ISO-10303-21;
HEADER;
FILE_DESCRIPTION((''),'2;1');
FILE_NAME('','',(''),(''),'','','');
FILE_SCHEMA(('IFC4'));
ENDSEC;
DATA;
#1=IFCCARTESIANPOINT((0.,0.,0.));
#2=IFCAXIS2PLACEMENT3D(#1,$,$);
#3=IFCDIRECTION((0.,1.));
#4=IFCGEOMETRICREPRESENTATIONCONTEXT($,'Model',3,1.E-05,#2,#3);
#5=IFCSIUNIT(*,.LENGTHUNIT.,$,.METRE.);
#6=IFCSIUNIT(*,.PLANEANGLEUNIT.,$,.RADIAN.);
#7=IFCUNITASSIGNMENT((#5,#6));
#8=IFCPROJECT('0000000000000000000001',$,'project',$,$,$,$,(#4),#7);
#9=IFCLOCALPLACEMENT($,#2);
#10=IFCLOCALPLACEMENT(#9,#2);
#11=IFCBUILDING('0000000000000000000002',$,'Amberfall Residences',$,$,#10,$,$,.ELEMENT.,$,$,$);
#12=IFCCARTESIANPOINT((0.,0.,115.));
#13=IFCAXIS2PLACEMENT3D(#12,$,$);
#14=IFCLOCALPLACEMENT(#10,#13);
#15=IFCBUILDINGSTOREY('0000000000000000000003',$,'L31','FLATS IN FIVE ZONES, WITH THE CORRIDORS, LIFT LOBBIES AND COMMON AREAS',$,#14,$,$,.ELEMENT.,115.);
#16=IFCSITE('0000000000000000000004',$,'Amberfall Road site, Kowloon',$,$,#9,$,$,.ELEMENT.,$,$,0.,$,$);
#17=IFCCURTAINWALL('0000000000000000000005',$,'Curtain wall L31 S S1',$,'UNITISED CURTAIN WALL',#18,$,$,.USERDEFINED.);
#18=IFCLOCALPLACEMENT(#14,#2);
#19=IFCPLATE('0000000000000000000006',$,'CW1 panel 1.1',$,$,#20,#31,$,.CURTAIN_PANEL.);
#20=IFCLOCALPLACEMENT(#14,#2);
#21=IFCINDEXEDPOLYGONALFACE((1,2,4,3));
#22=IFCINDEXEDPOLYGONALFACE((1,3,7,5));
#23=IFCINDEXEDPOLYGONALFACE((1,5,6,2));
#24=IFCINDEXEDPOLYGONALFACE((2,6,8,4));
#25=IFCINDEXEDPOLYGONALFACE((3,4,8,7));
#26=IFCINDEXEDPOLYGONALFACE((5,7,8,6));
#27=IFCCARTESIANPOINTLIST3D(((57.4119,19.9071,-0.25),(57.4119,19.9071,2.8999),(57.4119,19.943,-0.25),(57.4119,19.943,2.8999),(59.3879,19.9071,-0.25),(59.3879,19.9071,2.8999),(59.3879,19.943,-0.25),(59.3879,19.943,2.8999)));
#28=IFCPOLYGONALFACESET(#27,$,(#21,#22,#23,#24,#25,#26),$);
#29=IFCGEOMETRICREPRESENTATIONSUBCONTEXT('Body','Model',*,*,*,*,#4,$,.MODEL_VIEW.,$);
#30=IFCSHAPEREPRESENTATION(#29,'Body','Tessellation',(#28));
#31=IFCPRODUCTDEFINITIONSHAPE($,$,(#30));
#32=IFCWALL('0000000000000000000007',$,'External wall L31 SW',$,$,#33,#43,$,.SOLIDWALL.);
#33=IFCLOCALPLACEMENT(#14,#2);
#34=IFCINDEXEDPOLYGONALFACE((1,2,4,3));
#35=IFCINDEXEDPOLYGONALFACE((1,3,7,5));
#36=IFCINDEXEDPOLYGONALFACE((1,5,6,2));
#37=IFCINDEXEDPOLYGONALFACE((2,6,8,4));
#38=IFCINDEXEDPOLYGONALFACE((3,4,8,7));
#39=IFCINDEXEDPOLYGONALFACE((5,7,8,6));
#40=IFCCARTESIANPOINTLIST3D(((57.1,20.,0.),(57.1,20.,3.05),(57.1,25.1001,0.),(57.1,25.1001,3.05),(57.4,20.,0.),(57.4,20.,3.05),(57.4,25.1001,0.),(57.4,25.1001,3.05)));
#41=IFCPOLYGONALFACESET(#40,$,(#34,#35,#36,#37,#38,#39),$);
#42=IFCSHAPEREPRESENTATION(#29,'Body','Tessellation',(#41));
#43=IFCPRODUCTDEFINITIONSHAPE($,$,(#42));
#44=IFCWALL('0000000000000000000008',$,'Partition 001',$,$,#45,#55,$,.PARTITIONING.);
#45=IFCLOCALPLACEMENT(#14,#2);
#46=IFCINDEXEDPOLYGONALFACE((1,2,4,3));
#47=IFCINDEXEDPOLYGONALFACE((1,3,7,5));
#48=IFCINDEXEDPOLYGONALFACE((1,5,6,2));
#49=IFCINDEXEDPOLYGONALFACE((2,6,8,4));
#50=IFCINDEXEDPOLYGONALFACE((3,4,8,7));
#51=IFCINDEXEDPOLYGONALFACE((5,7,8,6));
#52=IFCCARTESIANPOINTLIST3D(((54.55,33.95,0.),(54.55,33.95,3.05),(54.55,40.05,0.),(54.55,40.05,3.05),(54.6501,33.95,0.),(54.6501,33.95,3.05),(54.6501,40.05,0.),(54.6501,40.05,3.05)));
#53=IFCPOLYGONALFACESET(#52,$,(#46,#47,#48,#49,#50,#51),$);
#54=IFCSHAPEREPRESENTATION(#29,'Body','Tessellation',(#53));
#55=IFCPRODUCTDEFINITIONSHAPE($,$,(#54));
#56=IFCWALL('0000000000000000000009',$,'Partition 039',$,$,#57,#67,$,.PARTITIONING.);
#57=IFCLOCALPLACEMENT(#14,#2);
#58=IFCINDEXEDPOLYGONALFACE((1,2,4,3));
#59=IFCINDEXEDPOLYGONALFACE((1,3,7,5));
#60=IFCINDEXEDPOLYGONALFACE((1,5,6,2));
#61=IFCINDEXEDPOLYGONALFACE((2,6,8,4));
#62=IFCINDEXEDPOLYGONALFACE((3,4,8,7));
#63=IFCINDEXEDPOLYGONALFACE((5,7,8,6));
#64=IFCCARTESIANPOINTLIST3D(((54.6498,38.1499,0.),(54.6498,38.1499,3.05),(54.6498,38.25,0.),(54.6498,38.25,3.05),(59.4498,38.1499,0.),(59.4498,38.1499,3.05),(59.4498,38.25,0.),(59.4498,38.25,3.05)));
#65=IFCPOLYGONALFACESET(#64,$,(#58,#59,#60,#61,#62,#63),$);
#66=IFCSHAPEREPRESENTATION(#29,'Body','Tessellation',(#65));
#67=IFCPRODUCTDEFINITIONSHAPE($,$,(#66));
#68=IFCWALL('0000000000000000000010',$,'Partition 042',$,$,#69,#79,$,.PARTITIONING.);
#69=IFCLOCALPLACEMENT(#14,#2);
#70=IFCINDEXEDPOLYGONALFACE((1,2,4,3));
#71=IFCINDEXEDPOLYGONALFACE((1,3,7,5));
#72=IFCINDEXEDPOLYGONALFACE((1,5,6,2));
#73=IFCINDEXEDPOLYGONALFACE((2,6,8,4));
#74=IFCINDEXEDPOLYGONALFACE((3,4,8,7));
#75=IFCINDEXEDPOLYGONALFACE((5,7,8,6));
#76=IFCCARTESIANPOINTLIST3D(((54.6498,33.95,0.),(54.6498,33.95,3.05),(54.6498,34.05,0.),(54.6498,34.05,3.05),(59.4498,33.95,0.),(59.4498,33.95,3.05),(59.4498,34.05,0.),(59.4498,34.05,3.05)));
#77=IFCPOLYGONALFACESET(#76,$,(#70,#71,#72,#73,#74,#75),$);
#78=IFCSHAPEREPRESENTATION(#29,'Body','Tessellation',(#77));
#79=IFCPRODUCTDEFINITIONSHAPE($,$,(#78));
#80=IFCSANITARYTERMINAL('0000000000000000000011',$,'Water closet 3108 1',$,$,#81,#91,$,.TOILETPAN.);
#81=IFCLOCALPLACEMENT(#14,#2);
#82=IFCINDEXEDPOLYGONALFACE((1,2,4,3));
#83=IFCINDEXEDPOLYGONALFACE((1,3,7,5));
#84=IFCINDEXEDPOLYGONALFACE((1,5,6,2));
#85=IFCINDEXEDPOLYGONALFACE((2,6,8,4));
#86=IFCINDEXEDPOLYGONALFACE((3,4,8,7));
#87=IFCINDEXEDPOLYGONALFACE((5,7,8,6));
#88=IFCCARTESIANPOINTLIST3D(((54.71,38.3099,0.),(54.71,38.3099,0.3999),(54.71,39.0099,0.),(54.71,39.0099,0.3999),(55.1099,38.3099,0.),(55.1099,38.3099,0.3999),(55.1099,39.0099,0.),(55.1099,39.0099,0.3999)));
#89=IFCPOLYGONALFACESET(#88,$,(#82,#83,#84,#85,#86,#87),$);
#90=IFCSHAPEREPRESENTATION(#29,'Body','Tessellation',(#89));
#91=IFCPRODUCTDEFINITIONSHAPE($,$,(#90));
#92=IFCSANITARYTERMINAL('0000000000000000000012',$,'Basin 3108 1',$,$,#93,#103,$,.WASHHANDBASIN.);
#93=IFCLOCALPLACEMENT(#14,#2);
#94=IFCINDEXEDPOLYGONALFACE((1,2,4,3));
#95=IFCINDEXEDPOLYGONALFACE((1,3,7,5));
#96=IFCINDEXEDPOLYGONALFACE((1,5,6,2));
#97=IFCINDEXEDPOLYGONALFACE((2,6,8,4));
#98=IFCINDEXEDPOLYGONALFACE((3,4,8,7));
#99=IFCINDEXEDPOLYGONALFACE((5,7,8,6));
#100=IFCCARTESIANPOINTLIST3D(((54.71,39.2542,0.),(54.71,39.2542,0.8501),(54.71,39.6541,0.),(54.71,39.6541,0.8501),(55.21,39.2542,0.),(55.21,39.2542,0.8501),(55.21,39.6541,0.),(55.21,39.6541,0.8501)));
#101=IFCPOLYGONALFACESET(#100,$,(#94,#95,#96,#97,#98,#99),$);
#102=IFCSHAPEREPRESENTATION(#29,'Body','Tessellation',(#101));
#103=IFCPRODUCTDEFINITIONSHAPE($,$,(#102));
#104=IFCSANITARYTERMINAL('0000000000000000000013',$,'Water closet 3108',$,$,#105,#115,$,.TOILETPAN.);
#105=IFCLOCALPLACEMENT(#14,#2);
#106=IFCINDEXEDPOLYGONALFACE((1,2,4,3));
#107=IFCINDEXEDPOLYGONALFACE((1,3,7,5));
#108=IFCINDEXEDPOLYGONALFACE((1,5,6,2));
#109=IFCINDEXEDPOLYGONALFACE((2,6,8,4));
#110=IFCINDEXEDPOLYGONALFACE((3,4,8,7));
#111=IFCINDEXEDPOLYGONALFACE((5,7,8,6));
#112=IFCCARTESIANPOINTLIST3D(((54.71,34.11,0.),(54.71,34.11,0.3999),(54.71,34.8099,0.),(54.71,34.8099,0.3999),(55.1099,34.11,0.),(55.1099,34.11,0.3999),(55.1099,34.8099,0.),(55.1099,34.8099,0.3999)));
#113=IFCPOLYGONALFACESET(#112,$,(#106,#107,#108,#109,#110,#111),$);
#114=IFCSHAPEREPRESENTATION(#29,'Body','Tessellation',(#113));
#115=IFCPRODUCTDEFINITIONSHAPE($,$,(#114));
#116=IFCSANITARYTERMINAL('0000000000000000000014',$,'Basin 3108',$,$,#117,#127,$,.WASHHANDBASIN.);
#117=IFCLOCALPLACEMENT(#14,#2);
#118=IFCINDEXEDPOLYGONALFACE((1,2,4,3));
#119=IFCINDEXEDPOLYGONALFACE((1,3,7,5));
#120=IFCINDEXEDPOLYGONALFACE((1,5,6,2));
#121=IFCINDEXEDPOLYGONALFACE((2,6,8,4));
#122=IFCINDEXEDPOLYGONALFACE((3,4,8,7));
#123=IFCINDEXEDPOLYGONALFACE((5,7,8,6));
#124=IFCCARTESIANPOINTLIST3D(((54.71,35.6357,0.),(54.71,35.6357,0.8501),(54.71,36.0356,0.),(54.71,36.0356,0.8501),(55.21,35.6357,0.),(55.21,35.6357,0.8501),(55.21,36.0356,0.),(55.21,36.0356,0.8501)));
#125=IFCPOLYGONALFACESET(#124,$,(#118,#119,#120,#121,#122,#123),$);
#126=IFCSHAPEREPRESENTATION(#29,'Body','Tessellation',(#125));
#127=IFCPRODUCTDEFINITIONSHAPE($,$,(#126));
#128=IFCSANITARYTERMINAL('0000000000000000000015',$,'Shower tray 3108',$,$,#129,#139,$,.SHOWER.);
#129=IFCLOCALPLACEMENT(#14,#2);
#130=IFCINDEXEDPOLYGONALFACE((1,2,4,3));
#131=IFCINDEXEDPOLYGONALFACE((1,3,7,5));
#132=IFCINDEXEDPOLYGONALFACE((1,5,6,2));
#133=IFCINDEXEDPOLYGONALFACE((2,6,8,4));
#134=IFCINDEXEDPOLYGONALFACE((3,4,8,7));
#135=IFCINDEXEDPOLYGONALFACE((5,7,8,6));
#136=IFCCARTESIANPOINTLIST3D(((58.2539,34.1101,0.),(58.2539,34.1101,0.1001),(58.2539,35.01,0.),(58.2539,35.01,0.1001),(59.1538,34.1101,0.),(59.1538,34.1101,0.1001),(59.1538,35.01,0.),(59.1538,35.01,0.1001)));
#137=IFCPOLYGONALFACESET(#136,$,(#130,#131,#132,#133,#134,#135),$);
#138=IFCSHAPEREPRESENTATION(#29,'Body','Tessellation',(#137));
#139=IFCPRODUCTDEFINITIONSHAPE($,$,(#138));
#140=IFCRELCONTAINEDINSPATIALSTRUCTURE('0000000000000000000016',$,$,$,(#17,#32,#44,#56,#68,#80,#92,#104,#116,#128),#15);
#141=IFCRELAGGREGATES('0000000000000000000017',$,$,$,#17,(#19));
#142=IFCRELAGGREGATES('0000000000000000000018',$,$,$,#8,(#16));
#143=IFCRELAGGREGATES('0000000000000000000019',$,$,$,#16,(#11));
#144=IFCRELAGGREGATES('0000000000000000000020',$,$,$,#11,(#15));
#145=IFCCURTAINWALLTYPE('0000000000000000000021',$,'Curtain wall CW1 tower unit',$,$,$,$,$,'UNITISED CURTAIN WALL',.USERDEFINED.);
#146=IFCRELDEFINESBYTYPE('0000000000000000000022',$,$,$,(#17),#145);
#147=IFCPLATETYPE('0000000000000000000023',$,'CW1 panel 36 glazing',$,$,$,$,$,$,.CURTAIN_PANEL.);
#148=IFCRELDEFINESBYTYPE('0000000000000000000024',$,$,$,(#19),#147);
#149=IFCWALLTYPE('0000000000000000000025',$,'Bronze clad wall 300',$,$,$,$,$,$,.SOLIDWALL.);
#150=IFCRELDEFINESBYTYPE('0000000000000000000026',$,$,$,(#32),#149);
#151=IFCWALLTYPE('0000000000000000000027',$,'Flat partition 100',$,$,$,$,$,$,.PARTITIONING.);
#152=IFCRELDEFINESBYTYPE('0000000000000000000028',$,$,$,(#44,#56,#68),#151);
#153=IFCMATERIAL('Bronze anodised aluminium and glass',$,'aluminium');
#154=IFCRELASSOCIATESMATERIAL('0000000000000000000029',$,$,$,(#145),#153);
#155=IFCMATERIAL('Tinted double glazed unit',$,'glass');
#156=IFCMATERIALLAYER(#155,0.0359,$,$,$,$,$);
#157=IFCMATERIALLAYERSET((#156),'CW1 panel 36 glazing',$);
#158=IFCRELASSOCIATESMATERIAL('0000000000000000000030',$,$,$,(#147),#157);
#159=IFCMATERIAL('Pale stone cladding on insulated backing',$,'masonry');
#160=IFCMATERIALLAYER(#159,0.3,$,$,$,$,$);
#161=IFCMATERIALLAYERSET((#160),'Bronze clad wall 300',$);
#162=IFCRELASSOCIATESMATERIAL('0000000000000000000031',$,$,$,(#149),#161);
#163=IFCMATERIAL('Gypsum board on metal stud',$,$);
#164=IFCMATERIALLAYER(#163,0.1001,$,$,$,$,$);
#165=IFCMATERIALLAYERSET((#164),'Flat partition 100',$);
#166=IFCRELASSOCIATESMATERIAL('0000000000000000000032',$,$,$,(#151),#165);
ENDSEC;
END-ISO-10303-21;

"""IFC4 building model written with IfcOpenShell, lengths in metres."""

from ifc_helpers import new_model, si_unit, direction, frame, frame_2d, origin, origin_2d, place, context, subcontext, project, spatial, rectangle, extrude, material, layer, layer_set, type_object, element, aggregate, save


model = new_model("IFC4")

# Units and contexts
model_context = context("Model", 3, precision=1e-05, world=origin(), true_north=direction((0.0, 1.0)))
body_context = subcontext(model_context, "Body", "Model", "MODEL_VIEW")
ifc_project = project(units=[si_unit("LENGTHUNIT", "METRE"), si_unit("PLANEANGLEUNIT", "RADIAN")], contexts=[model_context])

# Site, building, storey
site_placement = place(None, origin())
site = spatial("IfcSite", under=ifc_project, at=site_placement, Name="Amberfall Road site, Kowloon", CompositionType="ELEMENT", RefElevation=0.0)
building_placement = place(site_placement, origin())
building = spatial("IfcBuilding", under=site, at=building_placement, Name="Amberfall Residences", CompositionType="ELEMENT")
storey_placement = place(building_placement, frame((0.0, 0.0, 115.0)))
storey = spatial("IfcBuildingStorey", under=building, at=storey_placement, Name="L31", Description="FLATS IN FIVE ZONES, WITH THE CORRIDORS, LIFT LOBBIES AND COMMON AREAS", CompositionType="ELEMENT", Elevation=115.0)

# Curtain wall
ifc_material_1 = material(Name="Bronze anodised aluminium and glass", Category="aluminium")
curtain_wall_type = type_object("IfcCurtainWallType", Name="Curtain wall CW1 tower unit", ElementType="UNITISED CURTAIN WALL", PredefinedType="USERDEFINED", material=ifc_material_1)
curtain_wall_placement = place(storey_placement, origin())
curtain_wall = element("IfcCurtainWall", 1, at=curtain_wall_placement, inside=storey, type_object=curtain_wall_type, Name="Curtain wall L31 S S1", ObjectType="UNITISED CURTAIN WALL", PredefinedType="USERDEFINED")

# Plate
ifc_material_2 = material(Name="Tinted double glazed unit", Category="glass")
ifc_layer_1 = layer(ifc_material_2, 0.0359)
ifc_layer_set_1 = layer_set([ifc_layer_1], Name="CW1 panel 36 glazing")
plate_type = type_object("IfcPlateType", Name="CW1 panel 36 glazing", PredefinedType="CURTAIN_PANEL", material=ifc_layer_set_1)
plate_placement = place(storey_placement, frame((58.3999, 19.925, -0.25), z_axis=(0.0, 0.0, 1.0), x_axis=(1.0, 0.0, 0.0)))
plate = element("IfcPlate", 2, at=plate_placement, type_object=plate_type, Name="CW1 panel 1.1", PredefinedType="CURTAIN_PANEL", context=body_context, shape_type="SweptSolid", body=[
    extrude(rectangle(XDim=1.9761, YDim=0.0359, at=origin_2d()), origin(), (0.0, 0.0, 1.0), 3.1499),
])
aggregate(curtain_wall, [plate])

# Walls
ifc_material_3 = material(Name="Pale stone cladding on insulated backing", Category="masonry")
ifc_layer_2 = layer(ifc_material_3, 0.3)
ifc_layer_set_2 = layer_set([ifc_layer_2], Name="Bronze clad wall 300")
wall_type_1 = type_object("IfcWallType", Name="Bronze clad wall 300", PredefinedType="SOLIDWALL", material=ifc_layer_set_2)
wall_1_placement = place(storey_placement, frame((57.25, 25.1001, 0.0), z_axis=(0.0, 0.0, 1.0), x_axis=(0.0, -1.0, 0.0)))
element("IfcWall", 3, at=wall_1_placement, inside=storey, type_object=wall_type_1, Name="External wall L31 SW", PredefinedType="SOLIDWALL", context=body_context, shape_type="SweptSolid", body=[
    extrude(rectangle(XDim=5.1001, YDim=0.3, at=frame_2d((2.55, 0.0))), origin(), (0.0, 0.0, 1.0), 3.05),
])
ifc_material_4 = material(Name="Gypsum board on metal stud")
ifc_layer_3 = layer(ifc_material_4, 0.1001)
ifc_layer_set_3 = layer_set([ifc_layer_3], Name="Flat partition 100")
wall_type_2 = type_object("IfcWallType", Name="Flat partition 100", PredefinedType="PARTITIONING", material=ifc_layer_set_3)
wall_2_placement = place(storey_placement, frame((54.6001, 33.95, 0.0), z_axis=(0.0, 0.0, 1.0), x_axis=(0.0, 1.0, 0.0)))
element("IfcWall", 4, at=wall_2_placement, inside=storey, type_object=wall_type_2, Name="Partition 001", PredefinedType="PARTITIONING", context=body_context, shape_type="SweptSolid", body=[
    extrude(rectangle(XDim=6.1001, YDim=0.1001, at=frame_2d((3.05, 0.0))), origin(), (0.0, 0.0, 1.0), 3.05),
])
for number, where, z_axis, x_axis, name in (
    (5, (54.6499, 38.2, 0.0), (0.0, 0.0, 1.0), (1.0, 0.0, 0.0), "Partition 039"),
    (6, (54.6499, 34.0, 0.0), (0.0, 0.0, 1.0), (1.0, 0.0, 0.0), "Partition 042"),
):
    element("IfcWall", number, at=place(storey_placement, frame(where, z_axis=z_axis, x_axis=x_axis)), inside=storey, type_object=wall_type_2, Name=name, PredefinedType="PARTITIONING", context=body_context, shape_type="SweptSolid", body=[
        extrude(rectangle(XDim=4.8, YDim=0.1001, at=frame_2d((2.3999, 0.0))), origin(), (0.0, 0.0, 1.0), 3.05),
    ])

# Sanitary terminals
sanitary_terminal_1_placement = place(storey_placement, frame((54.9099, 38.6599, 0.0), z_axis=(0.0, 0.0, 1.0), x_axis=(1.0, 0.0, 0.0)))
element("IfcSanitaryTerminal", 7, at=sanitary_terminal_1_placement, inside=storey, Name="Water closet 3108 1", PredefinedType="TOILETPAN", context=body_context, shape_type="SweptSolid", body=[
    extrude(rectangle(XDim=0.3999, YDim=0.7, at=origin_2d()), origin(), (0.0, 0.0, 1.0), 0.3999),
])
sanitary_terminal_2_placement = place(storey_placement, frame((54.96, 39.4541, 0.0), z_axis=(0.0, 0.0, 1.0), x_axis=(1.0, 0.0, 0.0)))
element("IfcSanitaryTerminal", 8, at=sanitary_terminal_2_placement, inside=storey, Name="Basin 3108 1", PredefinedType="WASHHANDBASIN", context=body_context, shape_type="SweptSolid", body=[
    extrude(rectangle(XDim=0.5, YDim=0.3999, at=origin_2d()), origin(), (0.0, 0.0, 1.0), 0.8501),
])
sanitary_terminal_3_placement = place(storey_placement, frame((54.9099, 34.46, 0.0), z_axis=(0.0, 0.0, 1.0), x_axis=(1.0, 0.0, 0.0)))
element("IfcSanitaryTerminal", 9, at=sanitary_terminal_3_placement, inside=storey, Name="Water closet 3108", PredefinedType="TOILETPAN", context=body_context, shape_type="SweptSolid", body=[
    extrude(rectangle(XDim=0.3999, YDim=0.7, at=origin_2d()), origin(), (0.0, 0.0, 1.0), 0.3999),
])
sanitary_terminal_4_placement = place(storey_placement, frame((54.96, 35.8357, 0.0), z_axis=(0.0, 0.0, 1.0), x_axis=(1.0, 0.0, 0.0)))
element("IfcSanitaryTerminal", 10, at=sanitary_terminal_4_placement, inside=storey, Name="Basin 3108", PredefinedType="WASHHANDBASIN", context=body_context, shape_type="SweptSolid", body=[
    extrude(rectangle(XDim=0.5, YDim=0.3999, at=origin_2d()), origin(), (0.0, 0.0, 1.0), 0.8501),
])
sanitary_terminal_5_placement = place(storey_placement, frame((58.7039, 34.5601, 0.0), z_axis=(0.0, 0.0, 1.0), x_axis=(1.0, 0.0, 0.0)))
element("IfcSanitaryTerminal", 11, at=sanitary_terminal_5_placement, inside=storey, Name="Shower tray 3108", PredefinedType="SHOWER", context=body_context, shape_type="SweptSolid", body=[
    extrude(rectangle(XDim=0.8999, YDim=0.8999, at=origin_2d()), origin(), (0.0, 0.0, 1.0), 0.1001),
])

save(model, "model.ifc")
